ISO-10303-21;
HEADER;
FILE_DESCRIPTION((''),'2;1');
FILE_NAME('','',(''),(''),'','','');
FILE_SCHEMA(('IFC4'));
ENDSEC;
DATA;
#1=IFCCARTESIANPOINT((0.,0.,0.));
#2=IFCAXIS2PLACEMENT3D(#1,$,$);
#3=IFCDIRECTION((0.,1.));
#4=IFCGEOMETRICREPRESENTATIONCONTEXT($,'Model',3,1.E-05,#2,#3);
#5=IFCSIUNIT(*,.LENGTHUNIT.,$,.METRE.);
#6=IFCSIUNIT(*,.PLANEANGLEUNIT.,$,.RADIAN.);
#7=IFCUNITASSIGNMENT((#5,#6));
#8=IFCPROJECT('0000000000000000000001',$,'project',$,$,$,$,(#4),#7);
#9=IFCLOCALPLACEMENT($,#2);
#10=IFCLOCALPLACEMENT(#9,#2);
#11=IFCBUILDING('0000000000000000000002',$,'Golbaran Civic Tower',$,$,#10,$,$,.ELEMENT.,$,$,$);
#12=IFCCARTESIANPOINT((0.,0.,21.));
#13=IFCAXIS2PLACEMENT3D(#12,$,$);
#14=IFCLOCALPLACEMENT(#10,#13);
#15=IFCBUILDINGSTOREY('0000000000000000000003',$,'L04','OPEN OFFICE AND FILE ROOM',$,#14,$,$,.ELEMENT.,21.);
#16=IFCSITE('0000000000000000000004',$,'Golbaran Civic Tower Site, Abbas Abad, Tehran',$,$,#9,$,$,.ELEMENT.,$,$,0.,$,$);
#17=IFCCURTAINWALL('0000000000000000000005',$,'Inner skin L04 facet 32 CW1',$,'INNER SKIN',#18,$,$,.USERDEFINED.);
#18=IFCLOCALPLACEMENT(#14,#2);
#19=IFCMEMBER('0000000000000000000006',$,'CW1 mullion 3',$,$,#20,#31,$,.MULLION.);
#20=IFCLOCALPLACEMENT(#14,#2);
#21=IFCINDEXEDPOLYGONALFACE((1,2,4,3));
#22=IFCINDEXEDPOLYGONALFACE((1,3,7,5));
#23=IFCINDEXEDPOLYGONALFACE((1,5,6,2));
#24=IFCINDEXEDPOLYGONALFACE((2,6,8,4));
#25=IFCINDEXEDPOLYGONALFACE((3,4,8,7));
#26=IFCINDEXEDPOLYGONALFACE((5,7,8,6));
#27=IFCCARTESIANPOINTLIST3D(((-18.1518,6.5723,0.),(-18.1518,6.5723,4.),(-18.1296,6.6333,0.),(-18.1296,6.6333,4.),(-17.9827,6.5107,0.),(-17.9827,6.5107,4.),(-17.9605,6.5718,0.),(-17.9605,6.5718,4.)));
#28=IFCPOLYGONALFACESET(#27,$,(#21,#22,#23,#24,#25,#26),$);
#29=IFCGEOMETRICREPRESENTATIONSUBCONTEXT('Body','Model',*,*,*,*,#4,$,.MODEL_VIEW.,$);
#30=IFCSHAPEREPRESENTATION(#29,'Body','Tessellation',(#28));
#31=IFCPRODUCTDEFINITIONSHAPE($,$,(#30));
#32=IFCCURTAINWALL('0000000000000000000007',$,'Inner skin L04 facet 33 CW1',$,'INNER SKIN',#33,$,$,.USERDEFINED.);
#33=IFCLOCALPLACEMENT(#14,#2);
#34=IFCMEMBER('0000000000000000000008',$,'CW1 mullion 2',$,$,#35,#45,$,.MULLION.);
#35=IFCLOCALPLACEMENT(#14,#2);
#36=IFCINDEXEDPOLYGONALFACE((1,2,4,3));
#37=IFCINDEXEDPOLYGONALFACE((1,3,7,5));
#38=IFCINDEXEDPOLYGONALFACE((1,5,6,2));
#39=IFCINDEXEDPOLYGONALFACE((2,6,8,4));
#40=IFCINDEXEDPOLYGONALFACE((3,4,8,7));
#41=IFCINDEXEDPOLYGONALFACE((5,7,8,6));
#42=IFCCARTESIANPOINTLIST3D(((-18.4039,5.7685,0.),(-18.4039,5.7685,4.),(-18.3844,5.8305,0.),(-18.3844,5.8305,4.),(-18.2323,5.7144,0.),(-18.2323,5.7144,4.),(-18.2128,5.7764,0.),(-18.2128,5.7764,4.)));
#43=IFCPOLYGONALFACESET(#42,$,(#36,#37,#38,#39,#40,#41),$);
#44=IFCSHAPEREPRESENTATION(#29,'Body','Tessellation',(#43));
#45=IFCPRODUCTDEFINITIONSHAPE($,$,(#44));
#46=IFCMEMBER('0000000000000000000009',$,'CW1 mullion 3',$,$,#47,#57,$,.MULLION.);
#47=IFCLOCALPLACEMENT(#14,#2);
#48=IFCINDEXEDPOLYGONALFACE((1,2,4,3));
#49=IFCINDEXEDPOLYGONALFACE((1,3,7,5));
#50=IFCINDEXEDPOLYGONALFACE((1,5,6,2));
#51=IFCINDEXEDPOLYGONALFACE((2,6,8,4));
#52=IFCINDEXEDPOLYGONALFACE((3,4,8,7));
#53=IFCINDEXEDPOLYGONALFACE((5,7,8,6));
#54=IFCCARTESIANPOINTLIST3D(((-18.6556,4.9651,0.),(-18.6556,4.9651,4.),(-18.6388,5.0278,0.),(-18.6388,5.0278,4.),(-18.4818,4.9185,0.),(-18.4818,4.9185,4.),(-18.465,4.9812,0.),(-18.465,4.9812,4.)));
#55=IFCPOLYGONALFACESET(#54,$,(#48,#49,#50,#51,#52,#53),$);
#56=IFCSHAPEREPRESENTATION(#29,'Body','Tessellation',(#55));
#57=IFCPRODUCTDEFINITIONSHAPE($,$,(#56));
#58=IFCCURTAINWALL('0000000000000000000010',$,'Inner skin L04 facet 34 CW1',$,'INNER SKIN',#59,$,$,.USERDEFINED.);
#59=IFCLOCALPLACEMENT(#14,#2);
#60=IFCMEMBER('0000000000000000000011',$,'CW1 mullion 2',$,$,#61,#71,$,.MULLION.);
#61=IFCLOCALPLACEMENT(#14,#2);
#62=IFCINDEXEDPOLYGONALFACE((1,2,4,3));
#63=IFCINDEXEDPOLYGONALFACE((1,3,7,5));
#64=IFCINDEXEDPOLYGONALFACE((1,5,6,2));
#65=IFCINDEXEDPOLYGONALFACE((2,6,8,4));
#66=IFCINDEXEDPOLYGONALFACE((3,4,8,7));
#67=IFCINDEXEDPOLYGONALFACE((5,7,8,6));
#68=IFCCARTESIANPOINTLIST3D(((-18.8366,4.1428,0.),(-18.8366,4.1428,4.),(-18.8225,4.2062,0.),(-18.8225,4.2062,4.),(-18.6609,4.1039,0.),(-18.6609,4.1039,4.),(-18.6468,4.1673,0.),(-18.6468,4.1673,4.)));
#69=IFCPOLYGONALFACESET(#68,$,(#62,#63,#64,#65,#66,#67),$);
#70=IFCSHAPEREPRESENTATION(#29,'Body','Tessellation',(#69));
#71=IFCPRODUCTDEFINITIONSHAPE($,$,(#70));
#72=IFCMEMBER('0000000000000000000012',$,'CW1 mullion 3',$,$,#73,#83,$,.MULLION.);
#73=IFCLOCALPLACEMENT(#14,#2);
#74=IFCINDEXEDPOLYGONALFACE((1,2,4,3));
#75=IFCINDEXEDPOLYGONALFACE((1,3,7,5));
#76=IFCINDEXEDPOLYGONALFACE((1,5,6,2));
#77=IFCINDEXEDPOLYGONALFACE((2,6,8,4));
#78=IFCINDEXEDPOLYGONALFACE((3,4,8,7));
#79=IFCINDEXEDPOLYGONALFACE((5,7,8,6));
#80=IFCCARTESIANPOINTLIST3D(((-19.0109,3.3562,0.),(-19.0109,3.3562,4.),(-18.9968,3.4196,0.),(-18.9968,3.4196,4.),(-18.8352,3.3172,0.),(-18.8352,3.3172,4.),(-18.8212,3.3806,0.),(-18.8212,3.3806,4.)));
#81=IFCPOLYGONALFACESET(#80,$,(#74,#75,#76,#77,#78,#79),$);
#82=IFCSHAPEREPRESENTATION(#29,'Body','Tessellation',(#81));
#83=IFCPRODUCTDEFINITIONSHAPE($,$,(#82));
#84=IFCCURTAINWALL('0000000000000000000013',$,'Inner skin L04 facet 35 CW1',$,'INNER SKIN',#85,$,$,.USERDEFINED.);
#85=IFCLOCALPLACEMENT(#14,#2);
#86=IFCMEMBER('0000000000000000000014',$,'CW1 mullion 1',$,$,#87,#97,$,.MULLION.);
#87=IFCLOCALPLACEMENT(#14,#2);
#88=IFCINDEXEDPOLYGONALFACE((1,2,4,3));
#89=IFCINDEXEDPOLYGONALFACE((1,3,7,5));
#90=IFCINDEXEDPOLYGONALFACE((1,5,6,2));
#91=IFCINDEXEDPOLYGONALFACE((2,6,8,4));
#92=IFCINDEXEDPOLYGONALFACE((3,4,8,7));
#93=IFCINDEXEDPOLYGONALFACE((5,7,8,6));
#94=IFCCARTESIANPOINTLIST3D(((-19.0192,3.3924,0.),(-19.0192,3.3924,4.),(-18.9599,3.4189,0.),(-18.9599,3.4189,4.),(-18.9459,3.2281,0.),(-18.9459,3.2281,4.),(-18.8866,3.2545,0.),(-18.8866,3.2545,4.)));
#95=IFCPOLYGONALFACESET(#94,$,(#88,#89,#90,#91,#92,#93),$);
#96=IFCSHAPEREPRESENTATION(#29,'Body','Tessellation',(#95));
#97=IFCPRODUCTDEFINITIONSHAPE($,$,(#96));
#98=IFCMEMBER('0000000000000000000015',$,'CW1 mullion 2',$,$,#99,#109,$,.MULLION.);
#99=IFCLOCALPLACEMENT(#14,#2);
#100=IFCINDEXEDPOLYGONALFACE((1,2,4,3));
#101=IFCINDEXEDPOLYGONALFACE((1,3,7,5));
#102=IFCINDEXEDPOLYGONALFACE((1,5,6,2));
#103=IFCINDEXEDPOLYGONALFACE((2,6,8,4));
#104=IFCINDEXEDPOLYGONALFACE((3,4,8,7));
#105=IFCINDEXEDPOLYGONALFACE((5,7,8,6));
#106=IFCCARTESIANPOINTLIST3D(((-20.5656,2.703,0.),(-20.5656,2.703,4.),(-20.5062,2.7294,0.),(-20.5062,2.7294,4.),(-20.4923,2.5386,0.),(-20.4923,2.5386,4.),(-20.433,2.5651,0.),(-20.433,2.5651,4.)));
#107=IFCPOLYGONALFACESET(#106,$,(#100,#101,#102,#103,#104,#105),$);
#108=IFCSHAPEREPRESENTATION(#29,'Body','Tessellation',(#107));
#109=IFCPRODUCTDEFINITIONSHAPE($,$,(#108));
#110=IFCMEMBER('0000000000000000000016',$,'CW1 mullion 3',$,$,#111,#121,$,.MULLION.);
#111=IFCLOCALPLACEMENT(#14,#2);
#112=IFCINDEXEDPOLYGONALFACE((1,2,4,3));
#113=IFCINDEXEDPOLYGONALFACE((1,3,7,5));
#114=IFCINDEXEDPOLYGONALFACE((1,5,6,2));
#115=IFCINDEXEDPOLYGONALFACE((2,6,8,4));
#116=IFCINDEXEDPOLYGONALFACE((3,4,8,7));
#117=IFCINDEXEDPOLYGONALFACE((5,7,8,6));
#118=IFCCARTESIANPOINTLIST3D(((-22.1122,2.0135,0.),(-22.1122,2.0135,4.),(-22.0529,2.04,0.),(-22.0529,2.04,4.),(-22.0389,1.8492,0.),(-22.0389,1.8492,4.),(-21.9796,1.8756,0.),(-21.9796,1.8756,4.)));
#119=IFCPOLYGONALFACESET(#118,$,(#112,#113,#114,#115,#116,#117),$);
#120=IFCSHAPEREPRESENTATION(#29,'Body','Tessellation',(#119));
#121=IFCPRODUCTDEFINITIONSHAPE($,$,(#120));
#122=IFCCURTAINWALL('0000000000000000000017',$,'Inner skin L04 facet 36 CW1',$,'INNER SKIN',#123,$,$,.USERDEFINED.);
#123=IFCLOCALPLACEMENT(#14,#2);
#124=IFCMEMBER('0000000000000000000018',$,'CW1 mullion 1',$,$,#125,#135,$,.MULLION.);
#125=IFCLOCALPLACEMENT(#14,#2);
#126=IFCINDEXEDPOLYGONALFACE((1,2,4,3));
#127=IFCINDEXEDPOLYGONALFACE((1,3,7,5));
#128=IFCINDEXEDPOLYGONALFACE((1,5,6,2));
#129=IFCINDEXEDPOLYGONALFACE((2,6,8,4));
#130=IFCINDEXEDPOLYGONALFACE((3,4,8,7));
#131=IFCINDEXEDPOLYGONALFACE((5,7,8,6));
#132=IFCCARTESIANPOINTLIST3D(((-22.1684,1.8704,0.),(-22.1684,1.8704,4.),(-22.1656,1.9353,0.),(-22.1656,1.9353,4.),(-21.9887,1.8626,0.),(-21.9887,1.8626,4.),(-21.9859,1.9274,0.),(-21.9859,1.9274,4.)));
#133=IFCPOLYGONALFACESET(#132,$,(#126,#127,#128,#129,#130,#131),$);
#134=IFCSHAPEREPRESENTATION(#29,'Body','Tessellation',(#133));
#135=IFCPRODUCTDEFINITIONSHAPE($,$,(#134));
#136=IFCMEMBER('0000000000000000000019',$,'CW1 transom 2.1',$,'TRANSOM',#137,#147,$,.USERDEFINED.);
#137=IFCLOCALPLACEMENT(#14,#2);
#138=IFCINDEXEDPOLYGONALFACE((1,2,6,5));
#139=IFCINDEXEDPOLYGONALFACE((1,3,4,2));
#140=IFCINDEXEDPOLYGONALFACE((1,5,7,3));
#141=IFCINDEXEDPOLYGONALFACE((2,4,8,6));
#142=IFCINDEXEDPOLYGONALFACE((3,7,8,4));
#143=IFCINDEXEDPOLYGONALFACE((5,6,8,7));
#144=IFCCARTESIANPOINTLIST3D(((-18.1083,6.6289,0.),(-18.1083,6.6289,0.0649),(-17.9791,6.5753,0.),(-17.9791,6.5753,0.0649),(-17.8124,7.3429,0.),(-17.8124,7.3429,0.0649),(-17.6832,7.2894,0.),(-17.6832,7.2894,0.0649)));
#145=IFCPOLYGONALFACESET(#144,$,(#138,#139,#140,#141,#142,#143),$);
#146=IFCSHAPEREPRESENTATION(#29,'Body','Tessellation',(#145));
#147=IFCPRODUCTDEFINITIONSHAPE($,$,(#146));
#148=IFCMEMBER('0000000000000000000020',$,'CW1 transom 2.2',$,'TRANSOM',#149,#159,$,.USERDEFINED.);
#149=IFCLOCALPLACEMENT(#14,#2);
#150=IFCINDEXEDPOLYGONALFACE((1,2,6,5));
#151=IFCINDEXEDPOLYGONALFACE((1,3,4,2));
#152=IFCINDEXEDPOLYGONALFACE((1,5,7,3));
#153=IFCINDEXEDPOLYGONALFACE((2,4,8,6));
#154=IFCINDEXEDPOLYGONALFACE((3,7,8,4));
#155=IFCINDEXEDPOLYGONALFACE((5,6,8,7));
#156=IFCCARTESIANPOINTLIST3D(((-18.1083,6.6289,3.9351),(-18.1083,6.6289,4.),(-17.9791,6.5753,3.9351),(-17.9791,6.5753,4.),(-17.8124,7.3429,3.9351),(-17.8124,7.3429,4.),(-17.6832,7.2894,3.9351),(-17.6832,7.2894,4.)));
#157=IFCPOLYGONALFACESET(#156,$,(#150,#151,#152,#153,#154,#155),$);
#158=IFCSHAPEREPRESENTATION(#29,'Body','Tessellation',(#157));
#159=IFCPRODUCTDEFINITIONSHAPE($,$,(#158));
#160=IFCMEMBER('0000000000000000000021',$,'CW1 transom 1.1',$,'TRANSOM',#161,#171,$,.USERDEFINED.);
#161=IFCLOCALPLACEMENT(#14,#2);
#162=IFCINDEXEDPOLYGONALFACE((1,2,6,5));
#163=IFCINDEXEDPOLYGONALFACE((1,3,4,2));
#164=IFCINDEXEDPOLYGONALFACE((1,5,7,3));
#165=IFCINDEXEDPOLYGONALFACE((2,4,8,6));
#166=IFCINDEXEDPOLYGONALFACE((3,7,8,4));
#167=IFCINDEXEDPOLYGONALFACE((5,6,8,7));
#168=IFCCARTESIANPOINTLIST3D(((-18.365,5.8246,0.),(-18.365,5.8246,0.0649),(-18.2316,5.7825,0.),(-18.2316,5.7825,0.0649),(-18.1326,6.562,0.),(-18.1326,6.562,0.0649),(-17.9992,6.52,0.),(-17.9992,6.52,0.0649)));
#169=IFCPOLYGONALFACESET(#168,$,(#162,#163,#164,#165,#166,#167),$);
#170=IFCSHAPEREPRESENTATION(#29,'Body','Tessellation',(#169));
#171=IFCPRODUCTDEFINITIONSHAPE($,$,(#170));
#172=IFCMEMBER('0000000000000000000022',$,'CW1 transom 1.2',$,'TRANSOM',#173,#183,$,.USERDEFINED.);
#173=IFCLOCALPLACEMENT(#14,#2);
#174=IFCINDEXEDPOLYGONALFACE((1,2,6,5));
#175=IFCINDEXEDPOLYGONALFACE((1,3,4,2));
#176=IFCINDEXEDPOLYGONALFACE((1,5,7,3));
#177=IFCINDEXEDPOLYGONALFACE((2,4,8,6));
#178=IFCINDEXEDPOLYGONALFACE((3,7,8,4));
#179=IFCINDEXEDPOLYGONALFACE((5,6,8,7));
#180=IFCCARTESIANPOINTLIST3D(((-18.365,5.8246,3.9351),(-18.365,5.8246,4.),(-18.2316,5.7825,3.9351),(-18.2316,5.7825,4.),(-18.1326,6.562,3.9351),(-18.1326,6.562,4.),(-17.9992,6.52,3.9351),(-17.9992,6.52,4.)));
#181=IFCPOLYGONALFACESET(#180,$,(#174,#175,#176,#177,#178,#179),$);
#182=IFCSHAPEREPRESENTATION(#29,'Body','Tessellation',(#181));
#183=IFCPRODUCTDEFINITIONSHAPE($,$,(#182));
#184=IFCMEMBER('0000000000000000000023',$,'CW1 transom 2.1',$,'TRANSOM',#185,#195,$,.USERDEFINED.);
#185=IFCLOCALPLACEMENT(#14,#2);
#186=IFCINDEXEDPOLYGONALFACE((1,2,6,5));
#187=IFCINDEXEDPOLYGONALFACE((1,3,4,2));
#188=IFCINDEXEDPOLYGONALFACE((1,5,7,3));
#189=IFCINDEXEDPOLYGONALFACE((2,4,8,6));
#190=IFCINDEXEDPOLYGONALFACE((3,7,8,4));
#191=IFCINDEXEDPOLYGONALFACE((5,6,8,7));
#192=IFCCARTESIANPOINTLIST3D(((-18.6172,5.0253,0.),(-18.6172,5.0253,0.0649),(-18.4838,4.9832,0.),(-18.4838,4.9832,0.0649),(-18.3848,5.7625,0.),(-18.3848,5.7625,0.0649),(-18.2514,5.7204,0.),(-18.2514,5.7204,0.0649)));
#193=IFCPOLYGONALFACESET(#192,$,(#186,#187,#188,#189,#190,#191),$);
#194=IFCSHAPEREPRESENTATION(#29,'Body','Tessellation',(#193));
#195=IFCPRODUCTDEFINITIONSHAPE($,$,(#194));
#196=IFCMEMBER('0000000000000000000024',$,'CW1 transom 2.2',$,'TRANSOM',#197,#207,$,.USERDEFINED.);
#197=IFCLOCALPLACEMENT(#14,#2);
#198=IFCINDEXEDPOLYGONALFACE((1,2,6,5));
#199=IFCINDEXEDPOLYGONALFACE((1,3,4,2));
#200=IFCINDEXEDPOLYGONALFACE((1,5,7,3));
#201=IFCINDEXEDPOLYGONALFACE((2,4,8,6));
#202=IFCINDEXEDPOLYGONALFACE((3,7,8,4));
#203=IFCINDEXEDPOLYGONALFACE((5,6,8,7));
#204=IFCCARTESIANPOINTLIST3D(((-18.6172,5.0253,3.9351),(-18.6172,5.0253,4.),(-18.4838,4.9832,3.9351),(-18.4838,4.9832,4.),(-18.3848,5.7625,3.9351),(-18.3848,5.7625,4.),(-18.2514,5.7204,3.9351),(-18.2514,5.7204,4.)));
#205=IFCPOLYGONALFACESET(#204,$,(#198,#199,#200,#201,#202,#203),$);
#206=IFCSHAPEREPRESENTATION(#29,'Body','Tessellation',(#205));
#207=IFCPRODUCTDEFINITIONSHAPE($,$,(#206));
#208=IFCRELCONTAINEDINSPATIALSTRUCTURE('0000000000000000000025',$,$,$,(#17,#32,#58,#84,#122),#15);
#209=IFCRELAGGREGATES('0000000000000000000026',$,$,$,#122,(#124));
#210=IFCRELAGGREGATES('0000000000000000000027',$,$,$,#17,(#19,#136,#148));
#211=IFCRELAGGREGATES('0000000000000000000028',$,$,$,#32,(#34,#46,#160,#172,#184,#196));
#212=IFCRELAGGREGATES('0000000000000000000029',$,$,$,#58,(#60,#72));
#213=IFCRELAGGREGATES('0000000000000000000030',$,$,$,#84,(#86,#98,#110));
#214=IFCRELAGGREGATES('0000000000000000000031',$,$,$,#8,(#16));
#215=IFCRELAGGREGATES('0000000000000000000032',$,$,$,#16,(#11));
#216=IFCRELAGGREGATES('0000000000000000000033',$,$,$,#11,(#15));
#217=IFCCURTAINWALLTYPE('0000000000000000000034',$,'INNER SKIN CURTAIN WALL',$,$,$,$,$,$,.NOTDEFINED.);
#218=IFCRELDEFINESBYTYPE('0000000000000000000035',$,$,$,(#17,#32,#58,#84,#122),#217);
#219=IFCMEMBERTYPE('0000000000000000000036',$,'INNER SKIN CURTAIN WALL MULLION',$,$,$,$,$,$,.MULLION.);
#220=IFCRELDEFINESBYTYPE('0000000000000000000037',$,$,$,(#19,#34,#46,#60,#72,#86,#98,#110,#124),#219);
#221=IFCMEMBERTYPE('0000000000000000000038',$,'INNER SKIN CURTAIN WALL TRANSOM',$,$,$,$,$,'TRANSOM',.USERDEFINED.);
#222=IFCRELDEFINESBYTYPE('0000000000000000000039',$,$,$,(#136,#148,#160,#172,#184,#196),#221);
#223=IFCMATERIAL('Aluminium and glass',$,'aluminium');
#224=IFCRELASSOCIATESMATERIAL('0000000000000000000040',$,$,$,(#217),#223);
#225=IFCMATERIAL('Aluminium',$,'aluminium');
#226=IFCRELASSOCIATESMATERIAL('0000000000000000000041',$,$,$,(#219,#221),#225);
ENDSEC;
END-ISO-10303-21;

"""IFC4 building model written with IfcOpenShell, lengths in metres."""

from ifc_helpers import new_model, si_unit, direction, frame, origin, origin_2d, place, context, subcontext, project, spatial, rectangle, extrude, material, material_profile, profile_set, type_object, element, aggregate, save


model = new_model("IFC4")

# Units and contexts
model_context = context("Model", 3, precision=1e-05, world=origin(), true_north=direction((0.0, 1.0)))
body_context = subcontext(model_context, "Body", "Model", "MODEL_VIEW")
ifc_project = project(units=[si_unit("LENGTHUNIT", "METRE"), si_unit("PLANEANGLEUNIT", "RADIAN")], contexts=[model_context])

# Site, building, storey
site_placement = place(None, origin())
site = spatial("IfcSite", under=ifc_project, at=site_placement, Name="Golbaran Civic Tower Site, Abbas Abad, Tehran", CompositionType="ELEMENT", RefElevation=0.0)
building_placement = place(site_placement, origin())
building = spatial("IfcBuilding", under=site, at=building_placement, Name="Golbaran Civic Tower", CompositionType="ELEMENT")
storey_placement = place(building_placement, frame((0.0, 0.0, 21.0)))
storey = spatial("IfcBuildingStorey", under=building, at=storey_placement, Name="L04", Description="OPEN OFFICE AND FILE ROOM", CompositionType="ELEMENT", Elevation=21.0)

# Curtain wall, member
ifc_material_1 = material(Name="Aluminium and glass", Category="aluminium")
curtain_wall_type_1 = type_object("IfcCurtainWallType", Name="INNER SKIN CURTAIN WALL", PredefinedType="NOTDEFINED", material=ifc_material_1)
curtain_wall_1_placement = place(storey_placement, origin())
curtain_wall_1 = element("IfcCurtainWall", 1, at=curtain_wall_1_placement, inside=storey, type_object=curtain_wall_type_1, Name="Inner skin L04 facet 32 CW1", ObjectType="INNER SKIN", PredefinedType="USERDEFINED")
ifc_material_2 = material(Name="Aluminium", Category="aluminium")
ifc_material_profile_1 = material_profile(ifc_material_2, rectangle(XDim=0.1799, YDim=0.0649, at=origin_2d()), Name="INNER SKIN CURTAIN WALL MULLION")
ifc_profile_set_1 = profile_set([ifc_material_profile_1], Name="Aluminium")
member_type_1 = type_object("IfcMemberType", Name="INNER SKIN CURTAIN WALL MULLION", PredefinedType="MULLION", material=ifc_profile_set_1)
member_1_placement = place(storey_placement, frame((-18.0562, 6.572, 0.0), z_axis=(0.0, 0.0, 1.0), x_axis=(0.939693, -0.34202, 0.0)))
member_1 = element("IfcMember", 2, at=member_1_placement, type_object=member_type_1, Name="CW1 mullion 3", PredefinedType="MULLION", context=body_context, shape_type="SweptSolid", body=[
    extrude(rectangle(XDim=0.1799, YDim=0.0649, at=origin_2d()), origin(), (0.0, 0.0, 1.0), 4.0),
])

# Curtain walls, members
curtain_wall_2_placement = place(storey_placement, origin())
curtain_wall_2 = element("IfcCurtainWall", 3, at=curtain_wall_2_placement, inside=storey, type_object=curtain_wall_type_1, Name="Inner skin L04 facet 33 CW1", ObjectType="INNER SKIN", PredefinedType="USERDEFINED")
member_2_placement = place(storey_placement, frame((-18.3083, 5.7725, 0.0), z_axis=(0.0, 0.0, 1.0), x_axis=(0.953717, -0.300706, 0.0)))
member_2 = element("IfcMember", 4, at=member_2_placement, type_object=member_type_1, Name="CW1 mullion 2", PredefinedType="MULLION", context=body_context, shape_type="SweptSolid", body=[
    extrude(rectangle(XDim=0.1799, YDim=0.0649, at=origin_2d()), origin(), (0.0, 0.0, 1.0), 4.0),
])
member_3_placement = place(storey_placement, frame((-18.5603, 4.9731, 0.0), z_axis=(0.0, 0.0, 1.0), x_axis=(0.965926, -0.258819, 0.0)))
member_3 = element("IfcMember", 5, at=member_3_placement, type_object=member_type_1, Name="CW1 mullion 3", PredefinedType="MULLION", context=body_context, shape_type="SweptSolid", body=[
    extrude(rectangle(XDim=0.1799, YDim=0.0649, at=origin_2d()), origin(), (0.0, 0.0, 1.0), 4.0),
])
curtain_wall_3_placement = place(storey_placement, origin())
curtain_wall_3 = element("IfcCurtainWall", 6, at=curtain_wall_3_placement, inside=storey, type_object=curtain_wall_type_1, Name="Inner skin L04 facet 34 CW1", ObjectType="INNER SKIN", PredefinedType="USERDEFINED")
member_4_placement = place(storey_placement, frame((-18.7417, 4.155, 0.0), z_axis=(0.0, 0.0, 1.0), x_axis=(0.976296, -0.21644, 0.0)))
member_4 = element("IfcMember", 7, at=member_4_placement, type_object=member_type_1, Name="CW1 mullion 2", PredefinedType="MULLION", context=body_context, shape_type="SweptSolid", body=[
    extrude(rectangle(XDim=0.1799, YDim=0.0649, at=origin_2d()), origin(), (0.0, 0.0, 1.0), 4.0),
])
member_5_placement = place(storey_placement, frame((-18.916, 3.3684, 0.0), z_axis=(0.0, 0.0, 1.0), x_axis=(0.976296, -0.21644, 0.0)))
member_5 = element("IfcMember", 8, at=member_5_placement, type_object=member_type_1, Name="CW1 mullion 3", PredefinedType="MULLION", context=body_context, shape_type="SweptSolid", body=[
    extrude(rectangle(XDim=0.1799, YDim=0.0649, at=origin_2d()), origin(), (0.0, 0.0, 1.0), 4.0),
])
curtain_wall_4_placement = place(storey_placement, origin())
curtain_wall_4 = element("IfcCurtainWall", 9, at=curtain_wall_4_placement, inside=storey, type_object=curtain_wall_type_1, Name="Inner skin L04 facet 35 CW1", ObjectType="INNER SKIN", PredefinedType="USERDEFINED")
member_6_placement = place(storey_placement, frame((-18.9529, 3.3235, 0.0), z_axis=(0.0, 0.0, 1.0), x_axis=(0.407136, -0.913367, 0.0)))
member_6 = element("IfcMember", 10, at=member_6_placement, type_object=member_type_1, Name="CW1 mullion 1", PredefinedType="MULLION", context=body_context, shape_type="SweptSolid", body=[
    extrude(rectangle(XDim=0.1799, YDim=0.0649, at=origin_2d()), origin(), (0.0, 0.0, 1.0), 4.0),
])
member_7_placement = place(storey_placement, frame((-20.4993, 2.634, 0.0), z_axis=(0.0, 0.0, 1.0), x_axis=(0.407136, -0.913367, 0.0)))
member_7 = element("IfcMember", 11, at=member_7_placement, type_object=member_type_1, Name="CW1 mullion 2", PredefinedType="MULLION", context=body_context, shape_type="SweptSolid", body=[
    extrude(rectangle(XDim=0.1799, YDim=0.0649, at=origin_2d()), origin(), (0.0, 0.0, 1.0), 4.0),
])
member_8_placement = place(storey_placement, frame((-22.0459, 1.9446, 0.0), z_axis=(0.0, 0.0, 1.0), x_axis=(0.407136, -0.913367, 0.0)))
member_8 = element("IfcMember", 12, at=member_8_placement, type_object=member_type_1, Name="CW1 mullion 3", PredefinedType="MULLION", context=body_context, shape_type="SweptSolid", body=[
    extrude(rectangle(XDim=0.1799, YDim=0.0649, at=origin_2d()), origin(), (0.0, 0.0, 1.0), 4.0),
])

# Curtain wall, member
curtain_wall_5_placement = place(storey_placement, origin())
curtain_wall_5 = element("IfcCurtainWall", 13, at=curtain_wall_5_placement, inside=storey, type_object=curtain_wall_type_1, Name="Inner skin L04 facet 36 CW1", ObjectType="INNER SKIN", PredefinedType="USERDEFINED")
member_9_placement = place(storey_placement, frame((-22.0771, 1.8989, 0.0), z_axis=(0.0, 0.0, 1.0), x_axis=(0.999048, -0.043619, 0.0)))
member_9 = element("IfcMember", 14, at=member_9_placement, type_object=member_type_1, Name="CW1 mullion 1", PredefinedType="MULLION", context=body_context, shape_type="SweptSolid", body=[
    extrude(rectangle(XDim=0.1799, YDim=0.0649, at=origin_2d()), origin(), (0.0, 0.0, 1.0), 4.0),
])
aggregate(curtain_wall_5, [member_9])

# Members
ifc_material_profile_2 = material_profile(ifc_material_2, rectangle(XDim=0.1399, YDim=0.0649, at=origin_2d()), Name="INNER SKIN CURTAIN WALL TRANSOM")
ifc_profile_set_2 = profile_set([ifc_material_profile_2], Name="Aluminium")
member_type_2 = type_object("IfcMemberType", Name="INNER SKIN CURTAIN WALL TRANSOM", ElementType="TRANSOM", PredefinedType="USERDEFINED", material=ifc_profile_set_2)
member_10_placement = place(storey_placement, frame((-17.7478, 7.3162, 0.0325), z_axis=(-0.382798, -0.923832, 0.0), x_axis=(0.923832, -0.382798, 0.0)))
member_10 = element("IfcMember", 15, at=member_10_placement, type_object=member_type_2, Name="CW1 transom 2.1", ObjectType="TRANSOM", PredefinedType="USERDEFINED", context=body_context, shape_type="SweptSolid", body=[
    extrude(rectangle(XDim=0.1399, YDim=0.0649, at=origin_2d()), origin(), (0.0, 0.0, 1.0), 0.7729),
])
member_11_placement = place(storey_placement, frame((-17.7478, 7.3162, 3.9675), z_axis=(-0.382798, -0.923832, 0.0), x_axis=(0.923832, -0.382798, 0.0)))
member_11 = element("IfcMember", 16, at=member_11_placement, type_object=member_type_2, Name="CW1 transom 2.2", ObjectType="TRANSOM", PredefinedType="USERDEFINED", context=body_context, shape_type="SweptSolid", body=[
    extrude(rectangle(XDim=0.1399, YDim=0.0649, at=origin_2d()), origin(), (0.0, 0.0, 1.0), 0.7729),
])
member_12_placement = place(storey_placement, frame((-18.0659, 6.541, 0.0325), z_axis=(-0.300557, -0.953764, 0.0), x_axis=(0.953764, -0.300557, 0.0)))
member_12 = element("IfcMember", 17, at=member_12_placement, type_object=member_type_2, Name="CW1 transom 1.1", ObjectType="TRANSOM", PredefinedType="USERDEFINED", context=body_context, shape_type="SweptSolid", body=[
    extrude(rectangle(XDim=0.1399, YDim=0.0649, at=origin_2d()), origin(), (0.0, 0.0, 1.0), 0.7732),
])
member_13_placement = place(storey_placement, frame((-18.0659, 6.541, 3.9675), z_axis=(-0.300557, -0.953764, 0.0), x_axis=(0.953764, -0.300557, 0.0)))
member_13 = element("IfcMember", 18, at=member_13_placement, type_object=member_type_2, Name="CW1 transom 1.2", ObjectType="TRANSOM", PredefinedType="USERDEFINED", context=body_context, shape_type="SweptSolid", body=[
    extrude(rectangle(XDim=0.1399, YDim=0.0649, at=origin_2d()), origin(), (0.0, 0.0, 1.0), 0.7732),
])
member_14_placement = place(storey_placement, frame((-18.3181, 5.7415, 0.0325), z_axis=(-0.300648, -0.953735, 0.0), x_axis=(0.953735, -0.300648, 0.0)))
member_14 = element("IfcMember", 19, at=member_14_placement, type_object=member_type_2, Name="CW1 transom 2.1", ObjectType="TRANSOM", PredefinedType="USERDEFINED", context=body_context, shape_type="SweptSolid", body=[
    extrude(rectangle(XDim=0.1399, YDim=0.0649, at=origin_2d()), origin(), (0.0, 0.0, 1.0), 0.7729),
])
member_15_placement = place(storey_placement, frame((-18.3181, 5.7415, 3.9675), z_axis=(-0.300648, -0.953735, 0.0), x_axis=(0.953735, -0.300648, 0.0)))
member_15 = element("IfcMember", 20, at=member_15_placement, type_object=member_type_2, Name="CW1 transom 2.2", ObjectType="TRANSOM", PredefinedType="USERDEFINED", context=body_context, shape_type="SweptSolid", body=[
    extrude(rectangle(XDim=0.1399, YDim=0.0649, at=origin_2d()), origin(), (0.0, 0.0, 1.0), 0.7729),
])

aggregate(curtain_wall_1, [member_1, member_10, member_11])
aggregate(curtain_wall_2, [member_2, member_3, member_12, member_13, member_14, member_15])
aggregate(curtain_wall_3, [member_4, member_5])
aggregate(curtain_wall_4, [member_6, member_7, member_8])

save(model, "model.ifc")
